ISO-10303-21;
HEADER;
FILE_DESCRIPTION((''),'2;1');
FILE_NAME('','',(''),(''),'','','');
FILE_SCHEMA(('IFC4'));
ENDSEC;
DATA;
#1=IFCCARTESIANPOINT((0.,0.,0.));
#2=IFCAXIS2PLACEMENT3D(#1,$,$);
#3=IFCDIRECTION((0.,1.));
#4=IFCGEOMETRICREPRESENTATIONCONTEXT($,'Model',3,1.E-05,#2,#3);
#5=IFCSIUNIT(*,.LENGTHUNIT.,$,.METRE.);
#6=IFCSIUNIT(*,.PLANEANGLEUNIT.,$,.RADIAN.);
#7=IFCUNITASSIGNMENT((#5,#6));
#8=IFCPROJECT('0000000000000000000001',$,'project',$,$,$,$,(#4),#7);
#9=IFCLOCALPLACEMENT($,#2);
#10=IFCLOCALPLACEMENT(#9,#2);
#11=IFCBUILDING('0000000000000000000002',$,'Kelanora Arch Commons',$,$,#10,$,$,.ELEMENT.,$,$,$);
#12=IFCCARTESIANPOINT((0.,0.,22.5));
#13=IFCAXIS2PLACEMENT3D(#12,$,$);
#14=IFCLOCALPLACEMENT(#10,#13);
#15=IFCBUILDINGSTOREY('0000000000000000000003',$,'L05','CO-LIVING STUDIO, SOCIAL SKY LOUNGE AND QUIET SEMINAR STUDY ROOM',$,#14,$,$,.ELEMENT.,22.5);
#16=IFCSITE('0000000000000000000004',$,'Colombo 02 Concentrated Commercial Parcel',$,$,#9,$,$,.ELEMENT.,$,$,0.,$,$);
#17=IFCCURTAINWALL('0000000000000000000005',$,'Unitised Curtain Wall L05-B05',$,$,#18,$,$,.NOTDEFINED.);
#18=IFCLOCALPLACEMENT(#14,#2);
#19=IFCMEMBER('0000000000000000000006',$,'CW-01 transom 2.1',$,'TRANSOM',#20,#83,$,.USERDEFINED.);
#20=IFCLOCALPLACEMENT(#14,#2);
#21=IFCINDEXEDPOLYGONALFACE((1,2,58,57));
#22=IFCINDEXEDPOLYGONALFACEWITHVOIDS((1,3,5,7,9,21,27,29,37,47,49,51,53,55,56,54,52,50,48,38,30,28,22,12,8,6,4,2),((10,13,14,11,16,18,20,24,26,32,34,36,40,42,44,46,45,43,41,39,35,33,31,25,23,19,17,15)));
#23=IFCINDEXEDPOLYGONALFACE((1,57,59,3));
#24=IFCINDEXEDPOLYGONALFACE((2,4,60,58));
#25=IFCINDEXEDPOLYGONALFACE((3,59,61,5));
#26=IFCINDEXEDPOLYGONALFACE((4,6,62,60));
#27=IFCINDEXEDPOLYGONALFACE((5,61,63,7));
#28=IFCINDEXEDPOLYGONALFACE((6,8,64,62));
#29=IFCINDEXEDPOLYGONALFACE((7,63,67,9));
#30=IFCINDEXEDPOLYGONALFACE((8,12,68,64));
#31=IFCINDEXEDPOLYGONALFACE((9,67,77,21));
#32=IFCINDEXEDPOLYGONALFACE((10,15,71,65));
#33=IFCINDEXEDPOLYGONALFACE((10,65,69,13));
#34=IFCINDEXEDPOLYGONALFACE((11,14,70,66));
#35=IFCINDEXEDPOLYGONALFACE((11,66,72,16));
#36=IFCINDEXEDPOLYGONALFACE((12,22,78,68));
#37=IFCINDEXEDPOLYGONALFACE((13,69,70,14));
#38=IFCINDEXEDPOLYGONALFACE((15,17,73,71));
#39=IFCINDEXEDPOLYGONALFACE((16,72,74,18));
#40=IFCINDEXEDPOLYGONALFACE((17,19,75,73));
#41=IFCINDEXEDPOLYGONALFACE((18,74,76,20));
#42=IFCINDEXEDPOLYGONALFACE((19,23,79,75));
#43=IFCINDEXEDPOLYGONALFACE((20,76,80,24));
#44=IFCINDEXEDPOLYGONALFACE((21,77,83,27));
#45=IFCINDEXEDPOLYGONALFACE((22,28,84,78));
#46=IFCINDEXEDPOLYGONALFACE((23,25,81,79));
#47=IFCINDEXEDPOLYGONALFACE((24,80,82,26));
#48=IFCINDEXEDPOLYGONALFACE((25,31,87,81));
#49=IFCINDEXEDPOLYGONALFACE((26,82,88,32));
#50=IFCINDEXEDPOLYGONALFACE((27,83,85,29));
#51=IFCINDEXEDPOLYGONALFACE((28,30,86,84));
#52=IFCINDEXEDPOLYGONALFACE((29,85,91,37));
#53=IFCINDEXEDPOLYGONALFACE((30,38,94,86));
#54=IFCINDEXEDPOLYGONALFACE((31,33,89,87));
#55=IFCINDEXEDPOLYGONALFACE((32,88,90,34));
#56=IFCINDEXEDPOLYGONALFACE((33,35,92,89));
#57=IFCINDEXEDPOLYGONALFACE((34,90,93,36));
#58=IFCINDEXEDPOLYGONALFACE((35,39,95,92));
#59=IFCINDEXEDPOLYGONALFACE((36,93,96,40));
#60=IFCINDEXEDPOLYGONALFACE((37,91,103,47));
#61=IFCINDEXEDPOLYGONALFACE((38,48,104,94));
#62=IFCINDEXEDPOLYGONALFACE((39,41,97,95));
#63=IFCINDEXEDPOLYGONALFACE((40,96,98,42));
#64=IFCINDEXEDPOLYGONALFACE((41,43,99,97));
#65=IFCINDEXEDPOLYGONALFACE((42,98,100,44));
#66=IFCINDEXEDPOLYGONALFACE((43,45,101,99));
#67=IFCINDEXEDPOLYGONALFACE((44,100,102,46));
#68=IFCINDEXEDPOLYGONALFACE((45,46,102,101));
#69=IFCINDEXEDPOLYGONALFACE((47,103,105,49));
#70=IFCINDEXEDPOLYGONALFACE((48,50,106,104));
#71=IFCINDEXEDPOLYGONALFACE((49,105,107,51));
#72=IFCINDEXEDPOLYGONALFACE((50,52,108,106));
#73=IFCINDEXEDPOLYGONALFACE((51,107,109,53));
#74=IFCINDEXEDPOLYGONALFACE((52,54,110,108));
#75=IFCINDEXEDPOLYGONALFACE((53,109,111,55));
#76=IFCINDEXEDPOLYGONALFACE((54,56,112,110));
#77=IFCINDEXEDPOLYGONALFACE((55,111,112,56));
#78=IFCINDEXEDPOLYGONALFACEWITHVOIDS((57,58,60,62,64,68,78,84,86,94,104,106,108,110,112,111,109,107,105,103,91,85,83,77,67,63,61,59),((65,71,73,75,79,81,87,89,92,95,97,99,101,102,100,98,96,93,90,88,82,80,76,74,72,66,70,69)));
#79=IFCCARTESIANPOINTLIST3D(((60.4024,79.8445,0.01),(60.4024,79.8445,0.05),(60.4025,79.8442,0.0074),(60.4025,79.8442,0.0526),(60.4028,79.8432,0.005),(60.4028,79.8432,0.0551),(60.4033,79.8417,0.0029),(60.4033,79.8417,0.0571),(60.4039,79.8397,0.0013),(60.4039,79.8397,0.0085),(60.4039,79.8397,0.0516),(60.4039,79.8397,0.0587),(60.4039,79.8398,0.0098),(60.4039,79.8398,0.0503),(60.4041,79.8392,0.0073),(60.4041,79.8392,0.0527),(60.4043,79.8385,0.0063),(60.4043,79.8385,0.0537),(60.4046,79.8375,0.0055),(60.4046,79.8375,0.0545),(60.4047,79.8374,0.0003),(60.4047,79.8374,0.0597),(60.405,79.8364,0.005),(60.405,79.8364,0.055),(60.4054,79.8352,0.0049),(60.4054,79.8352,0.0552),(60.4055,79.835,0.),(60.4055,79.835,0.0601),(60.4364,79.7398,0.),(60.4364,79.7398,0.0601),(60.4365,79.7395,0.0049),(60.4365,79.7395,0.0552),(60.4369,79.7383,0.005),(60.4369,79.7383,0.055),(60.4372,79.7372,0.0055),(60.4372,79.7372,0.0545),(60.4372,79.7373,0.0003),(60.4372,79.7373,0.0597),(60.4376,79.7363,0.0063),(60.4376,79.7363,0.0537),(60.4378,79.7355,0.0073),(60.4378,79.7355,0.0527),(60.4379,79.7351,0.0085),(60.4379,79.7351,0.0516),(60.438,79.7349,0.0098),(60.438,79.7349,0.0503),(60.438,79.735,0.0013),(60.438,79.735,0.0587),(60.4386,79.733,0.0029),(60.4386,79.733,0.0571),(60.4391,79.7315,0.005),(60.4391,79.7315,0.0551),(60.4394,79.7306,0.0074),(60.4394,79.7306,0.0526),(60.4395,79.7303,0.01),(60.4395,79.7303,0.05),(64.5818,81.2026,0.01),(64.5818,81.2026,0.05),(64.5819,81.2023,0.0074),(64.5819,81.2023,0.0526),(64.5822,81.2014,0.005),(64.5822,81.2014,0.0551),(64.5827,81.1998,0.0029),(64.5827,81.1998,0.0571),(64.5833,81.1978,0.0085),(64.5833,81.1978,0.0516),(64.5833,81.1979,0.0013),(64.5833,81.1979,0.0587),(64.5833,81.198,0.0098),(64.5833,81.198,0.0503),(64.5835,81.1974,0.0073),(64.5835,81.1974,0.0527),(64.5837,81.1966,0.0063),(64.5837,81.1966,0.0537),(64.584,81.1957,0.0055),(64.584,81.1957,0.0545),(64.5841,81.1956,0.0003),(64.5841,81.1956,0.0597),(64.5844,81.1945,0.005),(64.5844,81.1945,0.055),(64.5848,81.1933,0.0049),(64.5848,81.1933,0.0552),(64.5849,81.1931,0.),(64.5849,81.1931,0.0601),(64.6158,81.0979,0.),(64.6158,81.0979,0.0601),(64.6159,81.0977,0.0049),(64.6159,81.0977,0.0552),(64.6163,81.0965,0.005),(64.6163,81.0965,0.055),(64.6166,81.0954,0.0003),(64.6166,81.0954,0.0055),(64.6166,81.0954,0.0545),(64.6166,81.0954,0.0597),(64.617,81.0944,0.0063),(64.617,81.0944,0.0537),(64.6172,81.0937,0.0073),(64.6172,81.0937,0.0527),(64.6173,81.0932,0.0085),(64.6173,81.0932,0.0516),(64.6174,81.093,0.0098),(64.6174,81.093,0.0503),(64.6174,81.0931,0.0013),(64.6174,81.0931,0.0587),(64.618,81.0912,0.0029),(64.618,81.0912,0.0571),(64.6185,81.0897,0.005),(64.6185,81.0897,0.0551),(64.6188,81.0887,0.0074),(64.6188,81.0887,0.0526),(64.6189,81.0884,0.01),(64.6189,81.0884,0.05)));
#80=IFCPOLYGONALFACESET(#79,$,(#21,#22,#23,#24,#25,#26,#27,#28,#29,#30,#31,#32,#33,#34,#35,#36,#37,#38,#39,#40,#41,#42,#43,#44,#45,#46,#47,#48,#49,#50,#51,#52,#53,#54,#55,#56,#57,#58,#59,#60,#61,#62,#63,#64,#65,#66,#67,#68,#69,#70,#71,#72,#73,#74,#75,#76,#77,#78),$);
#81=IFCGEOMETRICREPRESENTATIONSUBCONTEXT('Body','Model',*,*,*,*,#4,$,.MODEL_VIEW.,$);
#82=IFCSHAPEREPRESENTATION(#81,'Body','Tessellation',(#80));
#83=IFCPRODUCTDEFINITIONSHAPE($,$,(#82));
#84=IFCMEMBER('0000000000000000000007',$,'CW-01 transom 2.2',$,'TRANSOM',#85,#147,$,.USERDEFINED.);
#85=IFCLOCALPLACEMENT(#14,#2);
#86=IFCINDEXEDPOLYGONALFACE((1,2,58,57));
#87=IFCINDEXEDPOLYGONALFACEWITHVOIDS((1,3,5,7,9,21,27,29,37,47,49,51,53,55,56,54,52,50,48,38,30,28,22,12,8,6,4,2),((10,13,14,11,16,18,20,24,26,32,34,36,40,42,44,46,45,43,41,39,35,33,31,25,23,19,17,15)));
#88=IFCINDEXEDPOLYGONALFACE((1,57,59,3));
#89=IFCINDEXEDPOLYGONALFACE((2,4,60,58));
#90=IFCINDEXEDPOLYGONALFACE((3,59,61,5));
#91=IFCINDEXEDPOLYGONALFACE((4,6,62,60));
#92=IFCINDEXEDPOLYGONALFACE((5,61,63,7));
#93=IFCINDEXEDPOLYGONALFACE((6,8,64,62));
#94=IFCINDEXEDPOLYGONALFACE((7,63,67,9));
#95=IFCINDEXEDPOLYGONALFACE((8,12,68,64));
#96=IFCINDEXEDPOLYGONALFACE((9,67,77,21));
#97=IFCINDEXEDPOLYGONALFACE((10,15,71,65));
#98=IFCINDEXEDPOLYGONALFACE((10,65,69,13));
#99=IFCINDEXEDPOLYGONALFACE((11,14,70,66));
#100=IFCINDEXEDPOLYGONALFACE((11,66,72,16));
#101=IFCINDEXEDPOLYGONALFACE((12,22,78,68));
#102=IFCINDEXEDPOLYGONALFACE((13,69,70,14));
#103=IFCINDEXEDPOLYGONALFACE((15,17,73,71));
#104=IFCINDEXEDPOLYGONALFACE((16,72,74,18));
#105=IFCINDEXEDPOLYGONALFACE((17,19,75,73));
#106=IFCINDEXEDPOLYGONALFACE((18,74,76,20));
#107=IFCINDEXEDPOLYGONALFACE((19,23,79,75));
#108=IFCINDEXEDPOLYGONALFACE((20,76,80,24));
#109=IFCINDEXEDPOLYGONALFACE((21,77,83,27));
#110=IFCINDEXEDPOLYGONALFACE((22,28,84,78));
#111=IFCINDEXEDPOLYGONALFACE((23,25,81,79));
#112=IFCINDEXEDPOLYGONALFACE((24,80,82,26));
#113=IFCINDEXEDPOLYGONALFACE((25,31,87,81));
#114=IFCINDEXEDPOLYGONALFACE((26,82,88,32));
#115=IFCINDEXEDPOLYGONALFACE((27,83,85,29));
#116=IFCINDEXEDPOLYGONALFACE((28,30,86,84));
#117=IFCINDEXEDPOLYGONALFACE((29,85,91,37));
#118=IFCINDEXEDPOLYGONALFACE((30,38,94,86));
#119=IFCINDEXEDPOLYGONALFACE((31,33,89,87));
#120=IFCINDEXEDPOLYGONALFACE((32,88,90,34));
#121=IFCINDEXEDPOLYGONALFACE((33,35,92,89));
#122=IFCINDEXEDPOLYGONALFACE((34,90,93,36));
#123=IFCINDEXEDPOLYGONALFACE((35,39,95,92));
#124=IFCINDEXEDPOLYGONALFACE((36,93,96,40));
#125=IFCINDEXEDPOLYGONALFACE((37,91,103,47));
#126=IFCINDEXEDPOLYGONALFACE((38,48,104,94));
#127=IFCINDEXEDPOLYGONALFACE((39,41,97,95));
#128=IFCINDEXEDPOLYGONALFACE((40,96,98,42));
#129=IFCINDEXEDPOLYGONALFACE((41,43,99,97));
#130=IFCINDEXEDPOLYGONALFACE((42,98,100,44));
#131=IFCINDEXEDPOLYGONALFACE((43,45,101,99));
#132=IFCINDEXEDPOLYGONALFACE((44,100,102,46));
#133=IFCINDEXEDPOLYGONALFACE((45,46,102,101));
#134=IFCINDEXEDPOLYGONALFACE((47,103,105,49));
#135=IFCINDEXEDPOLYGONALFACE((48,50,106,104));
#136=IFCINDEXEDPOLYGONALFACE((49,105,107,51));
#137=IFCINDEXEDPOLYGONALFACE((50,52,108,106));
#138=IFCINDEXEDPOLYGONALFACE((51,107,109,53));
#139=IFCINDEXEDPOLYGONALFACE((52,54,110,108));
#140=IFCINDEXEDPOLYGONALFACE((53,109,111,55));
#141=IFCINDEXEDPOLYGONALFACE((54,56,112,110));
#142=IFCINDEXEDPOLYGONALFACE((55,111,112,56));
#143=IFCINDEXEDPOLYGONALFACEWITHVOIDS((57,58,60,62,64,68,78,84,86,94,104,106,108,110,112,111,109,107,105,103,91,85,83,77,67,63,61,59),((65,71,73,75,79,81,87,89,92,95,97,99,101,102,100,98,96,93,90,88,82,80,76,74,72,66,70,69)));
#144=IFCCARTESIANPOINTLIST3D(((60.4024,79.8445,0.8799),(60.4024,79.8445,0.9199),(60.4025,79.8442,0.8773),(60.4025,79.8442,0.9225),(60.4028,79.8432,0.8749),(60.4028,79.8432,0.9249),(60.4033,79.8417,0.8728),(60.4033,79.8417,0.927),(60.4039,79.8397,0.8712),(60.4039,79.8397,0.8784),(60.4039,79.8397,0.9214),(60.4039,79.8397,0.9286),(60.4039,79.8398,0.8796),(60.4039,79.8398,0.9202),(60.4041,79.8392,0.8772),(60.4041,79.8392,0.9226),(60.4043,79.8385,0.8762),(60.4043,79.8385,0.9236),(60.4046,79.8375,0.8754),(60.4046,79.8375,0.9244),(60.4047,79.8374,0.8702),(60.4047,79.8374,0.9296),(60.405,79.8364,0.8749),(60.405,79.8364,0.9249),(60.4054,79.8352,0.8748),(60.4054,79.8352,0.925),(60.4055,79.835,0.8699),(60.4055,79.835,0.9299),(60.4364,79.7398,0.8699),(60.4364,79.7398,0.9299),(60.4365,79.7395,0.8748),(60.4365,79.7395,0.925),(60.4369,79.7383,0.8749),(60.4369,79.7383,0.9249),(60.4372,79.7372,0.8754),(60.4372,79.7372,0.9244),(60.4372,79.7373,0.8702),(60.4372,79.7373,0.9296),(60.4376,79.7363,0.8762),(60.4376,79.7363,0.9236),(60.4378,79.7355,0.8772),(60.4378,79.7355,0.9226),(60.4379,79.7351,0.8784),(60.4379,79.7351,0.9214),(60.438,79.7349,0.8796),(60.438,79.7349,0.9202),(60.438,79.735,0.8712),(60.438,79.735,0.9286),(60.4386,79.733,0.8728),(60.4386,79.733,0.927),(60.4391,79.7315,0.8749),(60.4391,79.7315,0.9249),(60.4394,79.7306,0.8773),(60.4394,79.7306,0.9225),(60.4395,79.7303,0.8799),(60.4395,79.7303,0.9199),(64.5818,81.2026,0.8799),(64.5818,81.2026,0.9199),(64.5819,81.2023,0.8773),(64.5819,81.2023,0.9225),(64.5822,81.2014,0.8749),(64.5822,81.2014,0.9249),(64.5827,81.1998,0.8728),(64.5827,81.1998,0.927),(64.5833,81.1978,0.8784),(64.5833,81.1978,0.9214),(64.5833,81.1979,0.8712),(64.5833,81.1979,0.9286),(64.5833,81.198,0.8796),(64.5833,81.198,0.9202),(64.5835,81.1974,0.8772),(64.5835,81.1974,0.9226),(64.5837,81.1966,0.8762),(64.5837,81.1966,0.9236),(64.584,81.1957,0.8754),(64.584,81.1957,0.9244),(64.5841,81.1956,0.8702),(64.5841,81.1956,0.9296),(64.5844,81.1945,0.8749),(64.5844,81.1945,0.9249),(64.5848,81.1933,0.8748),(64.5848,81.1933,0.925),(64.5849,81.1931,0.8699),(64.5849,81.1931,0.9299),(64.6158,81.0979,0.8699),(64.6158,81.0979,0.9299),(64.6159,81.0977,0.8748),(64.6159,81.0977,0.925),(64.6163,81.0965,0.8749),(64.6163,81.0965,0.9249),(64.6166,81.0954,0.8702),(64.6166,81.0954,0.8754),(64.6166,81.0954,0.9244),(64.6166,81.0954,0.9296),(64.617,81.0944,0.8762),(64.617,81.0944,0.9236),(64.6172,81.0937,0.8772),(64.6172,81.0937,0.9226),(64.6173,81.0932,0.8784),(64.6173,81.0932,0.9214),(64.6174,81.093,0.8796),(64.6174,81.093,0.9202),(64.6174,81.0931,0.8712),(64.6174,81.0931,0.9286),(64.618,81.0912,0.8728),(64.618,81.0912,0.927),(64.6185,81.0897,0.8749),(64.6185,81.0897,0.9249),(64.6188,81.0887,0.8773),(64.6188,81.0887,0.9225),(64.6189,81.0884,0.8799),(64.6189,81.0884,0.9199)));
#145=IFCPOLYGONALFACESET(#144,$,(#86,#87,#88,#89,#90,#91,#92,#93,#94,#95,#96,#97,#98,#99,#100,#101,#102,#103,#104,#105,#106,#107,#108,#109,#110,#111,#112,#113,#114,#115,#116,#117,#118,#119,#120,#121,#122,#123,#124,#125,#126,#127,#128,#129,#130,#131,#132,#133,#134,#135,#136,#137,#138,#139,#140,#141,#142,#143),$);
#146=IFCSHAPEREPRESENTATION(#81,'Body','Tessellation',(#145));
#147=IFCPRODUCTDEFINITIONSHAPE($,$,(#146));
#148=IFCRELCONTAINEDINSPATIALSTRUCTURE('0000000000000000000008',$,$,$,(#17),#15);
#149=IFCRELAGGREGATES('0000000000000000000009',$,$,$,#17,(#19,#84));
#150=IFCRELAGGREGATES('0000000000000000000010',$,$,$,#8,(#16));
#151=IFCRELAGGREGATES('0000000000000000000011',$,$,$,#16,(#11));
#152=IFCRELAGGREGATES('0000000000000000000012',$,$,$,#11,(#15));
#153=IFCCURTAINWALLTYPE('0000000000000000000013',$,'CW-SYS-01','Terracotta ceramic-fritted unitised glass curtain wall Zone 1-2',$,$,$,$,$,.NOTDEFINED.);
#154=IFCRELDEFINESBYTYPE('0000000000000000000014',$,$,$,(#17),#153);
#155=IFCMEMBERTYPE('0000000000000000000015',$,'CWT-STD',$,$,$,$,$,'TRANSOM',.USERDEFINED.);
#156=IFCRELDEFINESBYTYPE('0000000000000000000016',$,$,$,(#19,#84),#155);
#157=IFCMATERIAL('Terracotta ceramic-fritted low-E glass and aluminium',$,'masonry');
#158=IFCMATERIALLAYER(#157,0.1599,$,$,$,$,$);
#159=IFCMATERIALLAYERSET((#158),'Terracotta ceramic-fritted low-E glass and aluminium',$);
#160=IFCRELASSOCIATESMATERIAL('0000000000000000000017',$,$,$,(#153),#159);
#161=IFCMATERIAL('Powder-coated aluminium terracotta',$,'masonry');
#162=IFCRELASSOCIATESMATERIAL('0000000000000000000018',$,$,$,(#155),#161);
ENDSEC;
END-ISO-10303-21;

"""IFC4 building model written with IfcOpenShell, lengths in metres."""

from ifc_helpers import new_model, si_unit, direction, frame, origin, origin_2d, place, context, subcontext, project, spatial, hollow_rectangle, extrude, material, layer, layer_set, material_profile, profile_set, type_object, element, aggregate, save


model = new_model("IFC4")

# Units and contexts
model_context = context("Model", 3, precision=1e-05, world=origin(), true_north=direction((0.0, 1.0)))
body_context = subcontext(model_context, "Body", "Model", "MODEL_VIEW")
ifc_project = project(units=[si_unit("LENGTHUNIT", "METRE"), si_unit("PLANEANGLEUNIT", "RADIAN")], contexts=[model_context])

# Site, building, storey
site_placement = place(None, origin())
site = spatial("IfcSite", under=ifc_project, at=site_placement, Name="Colombo 02 Concentrated Commercial Parcel", CompositionType="ELEMENT", RefElevation=0.0)
building_placement = place(site_placement, origin())
building = spatial("IfcBuilding", under=site, at=building_placement, Name="Kelanora Arch Commons", CompositionType="ELEMENT")
storey_placement = place(building_placement, frame((0.0, 0.0, 22.5)))
storey = spatial("IfcBuildingStorey", under=building, at=storey_placement, Name="L05", Description="CO-LIVING STUDIO, SOCIAL SKY LOUNGE AND QUIET SEMINAR STUDY ROOM", CompositionType="ELEMENT", Elevation=22.5)

# Curtain wall, members
ifc_material_1 = material(Name="Terracotta ceramic-fritted low-E glass and aluminium", Category="masonry")
ifc_layer_1 = layer(ifc_material_1, 0.1599)
ifc_layer_set_1 = layer_set([ifc_layer_1], Name="Terracotta ceramic-fritted low-E glass and aluminium")
curtain_wall_type = type_object("IfcCurtainWallType", Name="CW-SYS-01", Description="Terracotta ceramic-fritted unitised glass curtain wall Zone 1-2", PredefinedType="NOTDEFINED", material=ifc_layer_set_1)
curtain_wall_placement = place(storey_placement, origin())
curtain_wall = element("IfcCurtainWall", 1, at=curtain_wall_placement, inside=storey, type_object=curtain_wall_type, Name="Unitised Curtain Wall L05-B05", PredefinedType="NOTDEFINED")
ifc_material_2 = material(Name="Powder-coated aluminium terracotta", Category="masonry")
ifc_material_profile_1 = material_profile(ifc_material_2, hollow_rectangle(XDim=0.1201, YDim=0.0601, WallThickness=0.0049, InnerFilletRadius=0.0049, OuterFilletRadius=0.01, at=origin_2d()), Name="CWT120x60")
ifc_profile_set_1 = profile_set([ifc_material_profile_1], Name="Powder-coated aluminium terracotta")
member_type_1 = type_object("IfcMemberType", Name="CWT-STD", ElementType="TRANSOM", PredefinedType="USERDEFINED", material=ifc_profile_set_1)
member_1_placement = place(storey_placement, frame((64.6003, 81.1455, 0.03), z_axis=(-0.951045, -0.309052, 0.0), x_axis=(0.309052, -0.951045, 0.0)))
member_1 = element("IfcMember", 2, at=member_1_placement, type_object=member_type_1, Name="CW-01 transom 2.1", ObjectType="TRANSOM", PredefinedType="USERDEFINED", context=body_context, shape_type="SweptSolid", body=[
    extrude(hollow_rectangle(XDim=0.1201, YDim=0.0601, WallThickness=0.0049, InnerFilletRadius=0.0049, OuterFilletRadius=0.01, at=origin_2d()), origin(), (0.0, 0.0, 1.0), 4.3945),
])
member_2_placement = place(storey_placement, frame((64.6003, 81.1455, 0.8999), z_axis=(-0.951045, -0.309052, 0.0), x_axis=(0.309052, -0.951045, 0.0)))
member_2 = element("IfcMember", 3, at=member_2_placement, type_object=member_type_1, Name="CW-01 transom 2.2", ObjectType="TRANSOM", PredefinedType="USERDEFINED", context=body_context, shape_type="SweptSolid", body=[
    extrude(hollow_rectangle(XDim=0.1201, YDim=0.0601, WallThickness=0.0049, InnerFilletRadius=0.0049, OuterFilletRadius=0.01, at=origin_2d()), origin(), (0.0, 0.0, 1.0), 4.3945),
])
aggregate(curtain_wall, [member_1, member_2])

save(model, "model.ifc")
